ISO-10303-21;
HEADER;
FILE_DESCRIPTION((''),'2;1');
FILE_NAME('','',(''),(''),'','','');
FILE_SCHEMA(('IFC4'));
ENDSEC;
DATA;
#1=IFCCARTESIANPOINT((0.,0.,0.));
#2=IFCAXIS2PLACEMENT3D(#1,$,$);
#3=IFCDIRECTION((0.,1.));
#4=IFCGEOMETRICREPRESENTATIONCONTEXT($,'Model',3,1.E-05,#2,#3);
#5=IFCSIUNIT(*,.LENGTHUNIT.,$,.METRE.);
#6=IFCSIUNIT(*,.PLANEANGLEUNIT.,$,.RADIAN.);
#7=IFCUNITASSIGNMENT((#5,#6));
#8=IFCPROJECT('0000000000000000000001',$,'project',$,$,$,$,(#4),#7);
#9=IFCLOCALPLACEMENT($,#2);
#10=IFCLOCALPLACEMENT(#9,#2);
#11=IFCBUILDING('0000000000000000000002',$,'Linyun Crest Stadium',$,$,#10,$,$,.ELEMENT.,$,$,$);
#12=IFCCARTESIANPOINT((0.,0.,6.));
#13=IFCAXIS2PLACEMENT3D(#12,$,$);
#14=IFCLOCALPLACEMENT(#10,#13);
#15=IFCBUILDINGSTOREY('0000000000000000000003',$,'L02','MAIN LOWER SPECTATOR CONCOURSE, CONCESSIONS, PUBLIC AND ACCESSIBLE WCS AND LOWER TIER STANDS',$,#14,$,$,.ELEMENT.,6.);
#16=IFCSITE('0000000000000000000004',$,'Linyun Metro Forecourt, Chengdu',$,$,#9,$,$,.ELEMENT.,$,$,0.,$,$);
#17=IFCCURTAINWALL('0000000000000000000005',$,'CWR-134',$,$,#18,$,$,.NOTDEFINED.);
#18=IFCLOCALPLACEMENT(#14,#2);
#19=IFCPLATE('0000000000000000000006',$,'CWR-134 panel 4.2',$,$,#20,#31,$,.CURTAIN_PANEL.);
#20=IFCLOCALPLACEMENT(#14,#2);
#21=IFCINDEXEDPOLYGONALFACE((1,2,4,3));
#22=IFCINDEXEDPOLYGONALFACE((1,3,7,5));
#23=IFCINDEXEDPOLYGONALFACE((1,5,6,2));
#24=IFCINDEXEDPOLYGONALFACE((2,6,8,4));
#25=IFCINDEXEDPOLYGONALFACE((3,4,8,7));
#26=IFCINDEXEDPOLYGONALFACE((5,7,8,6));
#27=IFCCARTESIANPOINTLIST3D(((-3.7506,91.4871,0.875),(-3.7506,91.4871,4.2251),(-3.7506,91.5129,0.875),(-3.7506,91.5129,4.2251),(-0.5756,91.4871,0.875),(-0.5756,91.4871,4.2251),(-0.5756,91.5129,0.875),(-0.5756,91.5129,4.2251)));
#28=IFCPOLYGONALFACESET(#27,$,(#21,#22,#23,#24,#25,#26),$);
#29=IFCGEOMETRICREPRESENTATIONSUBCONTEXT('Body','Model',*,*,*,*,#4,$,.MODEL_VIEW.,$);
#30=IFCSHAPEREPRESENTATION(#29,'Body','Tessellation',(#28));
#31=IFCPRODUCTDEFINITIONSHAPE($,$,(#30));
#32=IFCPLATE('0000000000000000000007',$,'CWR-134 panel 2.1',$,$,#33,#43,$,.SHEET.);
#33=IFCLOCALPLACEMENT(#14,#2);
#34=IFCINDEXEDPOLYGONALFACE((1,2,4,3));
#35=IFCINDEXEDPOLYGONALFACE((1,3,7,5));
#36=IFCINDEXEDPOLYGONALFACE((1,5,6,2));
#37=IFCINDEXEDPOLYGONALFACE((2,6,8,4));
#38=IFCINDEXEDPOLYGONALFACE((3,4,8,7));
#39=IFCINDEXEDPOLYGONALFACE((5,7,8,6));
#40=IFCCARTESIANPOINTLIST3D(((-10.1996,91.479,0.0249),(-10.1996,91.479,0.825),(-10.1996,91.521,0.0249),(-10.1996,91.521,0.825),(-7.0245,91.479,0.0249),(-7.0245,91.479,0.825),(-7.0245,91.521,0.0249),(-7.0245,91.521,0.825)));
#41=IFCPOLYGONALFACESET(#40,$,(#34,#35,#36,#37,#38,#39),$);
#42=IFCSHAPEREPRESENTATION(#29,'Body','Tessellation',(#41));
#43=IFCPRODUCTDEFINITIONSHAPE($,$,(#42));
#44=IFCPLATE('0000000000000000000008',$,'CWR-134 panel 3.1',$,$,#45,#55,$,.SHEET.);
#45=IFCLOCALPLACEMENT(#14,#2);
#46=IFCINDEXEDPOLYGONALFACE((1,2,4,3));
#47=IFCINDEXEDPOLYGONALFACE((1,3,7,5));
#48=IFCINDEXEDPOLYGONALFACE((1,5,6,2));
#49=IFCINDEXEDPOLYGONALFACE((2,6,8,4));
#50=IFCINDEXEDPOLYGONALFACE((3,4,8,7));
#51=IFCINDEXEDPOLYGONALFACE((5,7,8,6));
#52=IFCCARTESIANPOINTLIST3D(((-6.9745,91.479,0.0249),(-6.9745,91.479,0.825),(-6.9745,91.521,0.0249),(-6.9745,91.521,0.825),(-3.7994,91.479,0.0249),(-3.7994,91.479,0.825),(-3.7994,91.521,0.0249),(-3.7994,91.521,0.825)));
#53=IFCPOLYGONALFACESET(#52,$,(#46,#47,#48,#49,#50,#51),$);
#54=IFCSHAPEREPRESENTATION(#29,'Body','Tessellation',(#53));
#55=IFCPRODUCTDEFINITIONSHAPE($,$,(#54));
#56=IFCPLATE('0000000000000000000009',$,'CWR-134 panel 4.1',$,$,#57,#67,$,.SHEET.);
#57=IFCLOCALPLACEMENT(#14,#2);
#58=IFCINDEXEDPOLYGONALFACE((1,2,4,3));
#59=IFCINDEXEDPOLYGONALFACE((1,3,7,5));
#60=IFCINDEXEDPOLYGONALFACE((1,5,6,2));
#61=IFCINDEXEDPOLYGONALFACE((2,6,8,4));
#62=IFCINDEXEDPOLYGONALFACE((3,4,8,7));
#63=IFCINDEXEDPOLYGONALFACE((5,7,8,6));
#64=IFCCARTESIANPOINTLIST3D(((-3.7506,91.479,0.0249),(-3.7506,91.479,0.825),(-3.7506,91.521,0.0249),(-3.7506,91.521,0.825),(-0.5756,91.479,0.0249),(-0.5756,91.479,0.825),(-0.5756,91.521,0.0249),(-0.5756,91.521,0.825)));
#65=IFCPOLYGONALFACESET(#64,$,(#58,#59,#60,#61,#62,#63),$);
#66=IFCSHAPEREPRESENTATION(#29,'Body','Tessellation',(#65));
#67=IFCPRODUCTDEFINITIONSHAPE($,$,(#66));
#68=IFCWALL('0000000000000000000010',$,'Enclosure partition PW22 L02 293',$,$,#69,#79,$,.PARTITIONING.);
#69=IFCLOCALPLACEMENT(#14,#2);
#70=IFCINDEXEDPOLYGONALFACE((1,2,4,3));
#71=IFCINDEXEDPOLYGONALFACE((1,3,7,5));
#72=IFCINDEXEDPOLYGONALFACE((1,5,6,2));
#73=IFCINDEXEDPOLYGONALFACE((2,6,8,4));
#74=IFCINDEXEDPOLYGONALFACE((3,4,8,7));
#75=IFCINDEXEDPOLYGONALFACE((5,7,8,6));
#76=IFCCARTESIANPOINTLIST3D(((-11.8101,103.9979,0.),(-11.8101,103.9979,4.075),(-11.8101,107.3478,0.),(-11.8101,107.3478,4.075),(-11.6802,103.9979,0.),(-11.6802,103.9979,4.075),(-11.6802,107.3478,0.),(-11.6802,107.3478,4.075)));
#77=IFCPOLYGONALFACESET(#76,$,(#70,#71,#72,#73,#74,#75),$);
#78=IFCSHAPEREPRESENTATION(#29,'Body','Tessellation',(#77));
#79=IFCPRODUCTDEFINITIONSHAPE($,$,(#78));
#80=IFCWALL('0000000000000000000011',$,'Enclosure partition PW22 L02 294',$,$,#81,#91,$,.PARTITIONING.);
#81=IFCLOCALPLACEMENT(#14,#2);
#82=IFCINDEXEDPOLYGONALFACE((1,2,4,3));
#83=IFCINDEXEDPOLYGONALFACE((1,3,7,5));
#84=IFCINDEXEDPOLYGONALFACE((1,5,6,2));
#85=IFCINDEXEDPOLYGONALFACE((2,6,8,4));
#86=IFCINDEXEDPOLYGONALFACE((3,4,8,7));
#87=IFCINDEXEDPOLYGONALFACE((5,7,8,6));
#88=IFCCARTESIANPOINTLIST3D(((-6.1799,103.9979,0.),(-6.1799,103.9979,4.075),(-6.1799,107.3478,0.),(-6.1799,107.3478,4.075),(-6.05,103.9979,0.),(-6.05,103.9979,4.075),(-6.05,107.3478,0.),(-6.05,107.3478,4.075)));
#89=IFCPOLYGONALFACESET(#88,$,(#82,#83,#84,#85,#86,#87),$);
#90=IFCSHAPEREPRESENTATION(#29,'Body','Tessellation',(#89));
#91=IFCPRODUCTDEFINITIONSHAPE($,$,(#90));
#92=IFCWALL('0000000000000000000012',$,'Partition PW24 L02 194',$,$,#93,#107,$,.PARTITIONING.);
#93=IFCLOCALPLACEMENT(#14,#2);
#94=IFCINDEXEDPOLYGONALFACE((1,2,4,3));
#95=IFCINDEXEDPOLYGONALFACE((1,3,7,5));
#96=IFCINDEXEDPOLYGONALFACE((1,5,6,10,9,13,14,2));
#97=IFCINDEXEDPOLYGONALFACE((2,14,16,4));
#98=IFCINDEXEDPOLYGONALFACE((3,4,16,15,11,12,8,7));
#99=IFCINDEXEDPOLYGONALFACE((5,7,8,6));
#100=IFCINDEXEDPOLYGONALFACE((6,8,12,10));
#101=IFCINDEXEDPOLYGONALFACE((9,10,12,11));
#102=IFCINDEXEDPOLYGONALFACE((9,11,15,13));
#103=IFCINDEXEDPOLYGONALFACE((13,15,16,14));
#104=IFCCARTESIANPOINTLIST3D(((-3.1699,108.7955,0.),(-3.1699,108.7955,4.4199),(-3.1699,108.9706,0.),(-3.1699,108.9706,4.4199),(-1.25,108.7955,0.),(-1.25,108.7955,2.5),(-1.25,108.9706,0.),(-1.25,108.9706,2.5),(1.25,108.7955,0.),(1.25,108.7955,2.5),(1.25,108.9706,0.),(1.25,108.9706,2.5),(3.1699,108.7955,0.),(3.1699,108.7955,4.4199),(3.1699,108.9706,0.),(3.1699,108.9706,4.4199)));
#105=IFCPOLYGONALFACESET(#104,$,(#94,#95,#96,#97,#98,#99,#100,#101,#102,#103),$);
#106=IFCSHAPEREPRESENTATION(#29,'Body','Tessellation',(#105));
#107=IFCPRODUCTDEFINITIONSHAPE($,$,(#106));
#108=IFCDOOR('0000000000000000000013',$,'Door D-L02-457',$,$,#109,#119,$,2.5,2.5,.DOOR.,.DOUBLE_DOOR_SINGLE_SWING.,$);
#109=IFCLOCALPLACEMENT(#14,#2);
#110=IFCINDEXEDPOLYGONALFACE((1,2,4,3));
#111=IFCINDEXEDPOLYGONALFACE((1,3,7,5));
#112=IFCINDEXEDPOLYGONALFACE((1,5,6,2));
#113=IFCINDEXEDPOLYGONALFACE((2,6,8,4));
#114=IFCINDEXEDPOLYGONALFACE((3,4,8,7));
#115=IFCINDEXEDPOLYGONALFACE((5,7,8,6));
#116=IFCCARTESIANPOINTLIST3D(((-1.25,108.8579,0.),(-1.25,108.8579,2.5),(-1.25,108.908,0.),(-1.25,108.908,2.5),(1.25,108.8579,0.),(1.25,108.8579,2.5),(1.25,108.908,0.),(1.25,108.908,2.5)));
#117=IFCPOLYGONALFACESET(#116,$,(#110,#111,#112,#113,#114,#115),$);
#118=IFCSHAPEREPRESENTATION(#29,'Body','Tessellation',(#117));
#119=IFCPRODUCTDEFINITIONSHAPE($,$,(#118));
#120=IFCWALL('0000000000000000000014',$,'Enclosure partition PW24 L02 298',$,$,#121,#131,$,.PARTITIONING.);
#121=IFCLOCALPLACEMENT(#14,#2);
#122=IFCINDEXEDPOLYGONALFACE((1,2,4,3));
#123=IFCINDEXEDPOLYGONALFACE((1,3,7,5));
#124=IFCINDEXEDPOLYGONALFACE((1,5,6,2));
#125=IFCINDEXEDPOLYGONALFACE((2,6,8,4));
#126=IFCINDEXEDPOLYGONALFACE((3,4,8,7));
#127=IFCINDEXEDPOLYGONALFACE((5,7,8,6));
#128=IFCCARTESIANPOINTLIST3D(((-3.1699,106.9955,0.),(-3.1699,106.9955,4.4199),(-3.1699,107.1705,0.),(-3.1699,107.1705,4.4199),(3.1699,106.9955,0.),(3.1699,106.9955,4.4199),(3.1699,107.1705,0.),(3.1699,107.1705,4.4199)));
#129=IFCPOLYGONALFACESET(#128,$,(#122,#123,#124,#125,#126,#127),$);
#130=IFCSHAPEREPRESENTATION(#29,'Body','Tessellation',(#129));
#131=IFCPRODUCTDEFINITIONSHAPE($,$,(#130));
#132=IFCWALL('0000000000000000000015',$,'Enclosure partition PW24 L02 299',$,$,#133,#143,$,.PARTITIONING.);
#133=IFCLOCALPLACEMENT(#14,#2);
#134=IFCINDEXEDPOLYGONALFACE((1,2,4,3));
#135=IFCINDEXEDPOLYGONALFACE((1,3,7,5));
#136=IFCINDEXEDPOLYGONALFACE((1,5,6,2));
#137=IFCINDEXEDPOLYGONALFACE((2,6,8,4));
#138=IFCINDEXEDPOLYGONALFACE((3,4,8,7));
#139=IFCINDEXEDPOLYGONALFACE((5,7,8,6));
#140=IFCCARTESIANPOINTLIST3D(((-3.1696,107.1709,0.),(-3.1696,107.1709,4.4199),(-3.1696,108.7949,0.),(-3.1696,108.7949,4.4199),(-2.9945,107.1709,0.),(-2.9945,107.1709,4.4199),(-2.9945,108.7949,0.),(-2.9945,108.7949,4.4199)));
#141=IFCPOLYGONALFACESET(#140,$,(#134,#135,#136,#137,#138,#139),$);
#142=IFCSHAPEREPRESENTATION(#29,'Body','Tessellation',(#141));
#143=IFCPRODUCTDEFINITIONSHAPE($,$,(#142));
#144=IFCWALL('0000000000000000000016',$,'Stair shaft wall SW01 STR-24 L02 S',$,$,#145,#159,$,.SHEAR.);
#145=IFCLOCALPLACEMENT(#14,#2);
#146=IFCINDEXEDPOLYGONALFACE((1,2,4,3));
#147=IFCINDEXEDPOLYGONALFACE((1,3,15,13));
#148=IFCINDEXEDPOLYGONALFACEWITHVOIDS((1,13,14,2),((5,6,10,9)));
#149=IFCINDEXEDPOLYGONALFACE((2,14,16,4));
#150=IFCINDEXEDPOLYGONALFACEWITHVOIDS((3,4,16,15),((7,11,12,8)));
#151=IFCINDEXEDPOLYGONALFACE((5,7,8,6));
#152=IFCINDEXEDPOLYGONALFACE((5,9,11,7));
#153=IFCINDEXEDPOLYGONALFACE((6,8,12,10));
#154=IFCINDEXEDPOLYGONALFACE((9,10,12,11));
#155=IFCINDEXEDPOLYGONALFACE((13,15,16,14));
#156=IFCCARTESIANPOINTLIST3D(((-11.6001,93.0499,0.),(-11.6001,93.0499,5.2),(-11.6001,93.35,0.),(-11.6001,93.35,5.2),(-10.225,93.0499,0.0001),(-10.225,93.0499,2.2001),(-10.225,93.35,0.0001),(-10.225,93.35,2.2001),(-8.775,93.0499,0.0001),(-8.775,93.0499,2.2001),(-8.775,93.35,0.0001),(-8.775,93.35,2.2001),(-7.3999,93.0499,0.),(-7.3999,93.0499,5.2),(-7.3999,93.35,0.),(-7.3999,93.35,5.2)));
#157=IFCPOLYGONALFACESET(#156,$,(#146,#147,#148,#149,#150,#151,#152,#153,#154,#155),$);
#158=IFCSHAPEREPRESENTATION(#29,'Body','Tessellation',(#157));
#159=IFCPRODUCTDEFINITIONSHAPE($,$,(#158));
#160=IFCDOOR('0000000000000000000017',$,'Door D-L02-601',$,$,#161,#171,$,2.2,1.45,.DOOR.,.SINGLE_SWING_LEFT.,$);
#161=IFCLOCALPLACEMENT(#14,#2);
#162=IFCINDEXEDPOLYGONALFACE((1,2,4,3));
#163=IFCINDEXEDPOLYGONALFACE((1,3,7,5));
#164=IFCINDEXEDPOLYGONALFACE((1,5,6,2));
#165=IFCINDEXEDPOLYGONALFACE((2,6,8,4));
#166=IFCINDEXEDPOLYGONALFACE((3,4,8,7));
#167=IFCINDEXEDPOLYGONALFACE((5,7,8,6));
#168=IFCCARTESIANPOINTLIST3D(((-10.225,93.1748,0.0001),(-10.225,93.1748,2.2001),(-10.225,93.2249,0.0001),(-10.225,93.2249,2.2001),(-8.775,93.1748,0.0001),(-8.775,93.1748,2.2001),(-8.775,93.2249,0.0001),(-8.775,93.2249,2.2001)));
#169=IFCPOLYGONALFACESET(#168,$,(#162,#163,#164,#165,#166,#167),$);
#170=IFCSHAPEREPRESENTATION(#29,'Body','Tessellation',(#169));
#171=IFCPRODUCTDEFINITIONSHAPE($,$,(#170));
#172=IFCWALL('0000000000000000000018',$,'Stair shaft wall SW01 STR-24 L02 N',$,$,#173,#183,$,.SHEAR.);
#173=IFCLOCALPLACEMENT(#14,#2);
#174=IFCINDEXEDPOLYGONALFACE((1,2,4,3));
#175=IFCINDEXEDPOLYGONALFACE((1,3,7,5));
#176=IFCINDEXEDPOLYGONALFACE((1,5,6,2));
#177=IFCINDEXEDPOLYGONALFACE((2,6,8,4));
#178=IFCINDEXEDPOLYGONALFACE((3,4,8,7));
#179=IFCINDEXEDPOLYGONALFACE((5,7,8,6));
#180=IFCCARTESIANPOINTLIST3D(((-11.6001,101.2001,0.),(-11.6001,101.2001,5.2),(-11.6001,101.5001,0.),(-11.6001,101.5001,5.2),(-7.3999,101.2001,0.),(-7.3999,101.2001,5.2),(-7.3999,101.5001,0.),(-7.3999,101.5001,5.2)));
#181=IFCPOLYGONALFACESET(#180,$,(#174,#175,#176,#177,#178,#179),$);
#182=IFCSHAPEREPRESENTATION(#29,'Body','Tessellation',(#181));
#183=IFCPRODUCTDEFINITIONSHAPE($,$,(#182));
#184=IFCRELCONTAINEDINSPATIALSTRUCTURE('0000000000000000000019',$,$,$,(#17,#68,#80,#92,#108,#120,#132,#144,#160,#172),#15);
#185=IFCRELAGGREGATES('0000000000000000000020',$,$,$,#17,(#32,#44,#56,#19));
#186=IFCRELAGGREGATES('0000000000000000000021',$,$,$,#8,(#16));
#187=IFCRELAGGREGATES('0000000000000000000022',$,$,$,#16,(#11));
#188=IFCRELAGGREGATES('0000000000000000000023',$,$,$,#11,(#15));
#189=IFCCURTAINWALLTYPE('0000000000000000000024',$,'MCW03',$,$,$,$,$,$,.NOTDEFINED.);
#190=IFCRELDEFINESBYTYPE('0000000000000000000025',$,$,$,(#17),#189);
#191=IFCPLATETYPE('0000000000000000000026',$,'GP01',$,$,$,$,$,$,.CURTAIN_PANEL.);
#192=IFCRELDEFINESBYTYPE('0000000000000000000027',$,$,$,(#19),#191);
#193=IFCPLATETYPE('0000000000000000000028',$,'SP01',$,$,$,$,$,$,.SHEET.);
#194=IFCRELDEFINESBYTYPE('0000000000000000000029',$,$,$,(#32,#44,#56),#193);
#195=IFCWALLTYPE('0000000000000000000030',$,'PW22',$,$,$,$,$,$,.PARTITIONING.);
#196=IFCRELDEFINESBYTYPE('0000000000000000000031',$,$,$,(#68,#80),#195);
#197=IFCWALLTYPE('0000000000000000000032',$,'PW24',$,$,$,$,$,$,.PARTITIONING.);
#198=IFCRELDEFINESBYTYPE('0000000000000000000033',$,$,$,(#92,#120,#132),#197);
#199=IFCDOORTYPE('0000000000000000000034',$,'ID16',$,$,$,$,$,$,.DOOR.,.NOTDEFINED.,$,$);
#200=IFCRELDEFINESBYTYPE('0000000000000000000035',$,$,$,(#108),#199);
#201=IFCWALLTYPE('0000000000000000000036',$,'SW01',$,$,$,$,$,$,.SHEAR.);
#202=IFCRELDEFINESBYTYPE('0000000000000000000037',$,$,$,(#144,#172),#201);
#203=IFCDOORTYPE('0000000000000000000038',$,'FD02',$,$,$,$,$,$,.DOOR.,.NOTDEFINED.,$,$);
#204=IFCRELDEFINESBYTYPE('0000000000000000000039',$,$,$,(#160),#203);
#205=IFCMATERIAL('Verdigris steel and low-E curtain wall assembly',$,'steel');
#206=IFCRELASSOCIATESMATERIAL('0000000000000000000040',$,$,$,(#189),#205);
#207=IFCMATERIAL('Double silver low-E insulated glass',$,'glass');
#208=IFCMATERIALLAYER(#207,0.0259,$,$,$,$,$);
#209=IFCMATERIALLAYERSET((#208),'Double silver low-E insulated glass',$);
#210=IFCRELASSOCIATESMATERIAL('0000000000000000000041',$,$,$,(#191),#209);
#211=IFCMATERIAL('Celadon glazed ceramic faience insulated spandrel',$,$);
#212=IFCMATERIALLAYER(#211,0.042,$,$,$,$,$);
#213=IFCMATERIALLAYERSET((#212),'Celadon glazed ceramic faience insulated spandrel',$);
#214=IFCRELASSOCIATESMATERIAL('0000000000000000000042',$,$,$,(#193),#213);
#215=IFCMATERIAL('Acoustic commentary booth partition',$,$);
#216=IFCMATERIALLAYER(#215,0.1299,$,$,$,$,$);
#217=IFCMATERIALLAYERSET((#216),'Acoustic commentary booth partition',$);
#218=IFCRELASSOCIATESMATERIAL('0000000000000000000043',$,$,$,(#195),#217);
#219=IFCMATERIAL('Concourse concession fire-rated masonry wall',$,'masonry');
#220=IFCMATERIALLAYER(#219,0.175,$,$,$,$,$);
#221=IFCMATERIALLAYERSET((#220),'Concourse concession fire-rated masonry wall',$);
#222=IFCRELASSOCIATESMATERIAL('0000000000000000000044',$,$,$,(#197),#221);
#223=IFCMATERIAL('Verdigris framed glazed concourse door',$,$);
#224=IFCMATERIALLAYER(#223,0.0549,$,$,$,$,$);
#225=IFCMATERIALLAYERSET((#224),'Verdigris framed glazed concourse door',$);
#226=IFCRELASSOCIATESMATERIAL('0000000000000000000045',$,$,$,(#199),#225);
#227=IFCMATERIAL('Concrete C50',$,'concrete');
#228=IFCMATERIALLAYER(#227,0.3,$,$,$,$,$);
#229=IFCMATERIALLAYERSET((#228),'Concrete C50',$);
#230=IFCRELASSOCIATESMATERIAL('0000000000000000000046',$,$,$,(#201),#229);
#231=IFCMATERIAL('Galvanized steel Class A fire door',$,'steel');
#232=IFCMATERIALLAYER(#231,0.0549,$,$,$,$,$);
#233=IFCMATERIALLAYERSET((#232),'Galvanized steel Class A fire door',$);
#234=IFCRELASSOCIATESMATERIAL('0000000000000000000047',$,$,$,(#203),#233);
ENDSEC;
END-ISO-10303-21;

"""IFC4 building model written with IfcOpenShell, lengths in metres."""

from ifc_helpers import new_model, si_unit, direction, frame, frame_2d, origin, origin_2d, place, context, subcontext, project, spatial, rectangle, extrude, material, layer, layer_set, type_object, element, fill, aggregate, save


model = new_model("IFC4")

# Units and contexts
model_context = context("Model", 3, precision=1e-05, world=origin(), true_north=direction((0.0, 1.0)))
body_context = subcontext(model_context, "Body", "Model", "MODEL_VIEW")
ifc_project = project(units=[si_unit("LENGTHUNIT", "METRE"), si_unit("PLANEANGLEUNIT", "RADIAN")], contexts=[model_context])

# Site, building, storey
site_placement = place(None, origin())
site = spatial("IfcSite", under=ifc_project, at=site_placement, Name="Linyun Metro Forecourt, Chengdu", CompositionType="ELEMENT", RefElevation=0.0)
building_placement = place(site_placement, origin())
building = spatial("IfcBuilding", under=site, at=building_placement, Name="Linyun Crest Stadium", CompositionType="ELEMENT")
storey_placement = place(building_placement, frame((0.0, 0.0, 6.0)))
storey = spatial("IfcBuildingStorey", under=building, at=storey_placement, Name="L02", Description="MAIN LOWER SPECTATOR CONCOURSE, CONCESSIONS, PUBLIC AND ACCESSIBLE WCS AND LOWER TIER STANDS", CompositionType="ELEMENT", Elevation=6.0)

# Curtain wall, plates
ifc_material_1 = material(Name="Verdigris steel and low-E curtain wall assembly", Category="steel")
curtain_wall_type = type_object("IfcCurtainWallType", Name="MCW03", PredefinedType="NOTDEFINED", material=ifc_material_1)
curtain_wall_placement = place(storey_placement, origin())
curtain_wall = element("IfcCurtainWall", 1, at=curtain_wall_placement, inside=storey, type_object=curtain_wall_type, Name="CWR-134", PredefinedType="NOTDEFINED")
ifc_material_2 = material(Name="Double silver low-E insulated glass", Category="glass")
ifc_layer_1 = layer(ifc_material_2, 0.0259)
ifc_layer_set_1 = layer_set([ifc_layer_1], Name="Double silver low-E insulated glass")
plate_type_1 = type_object("IfcPlateType", Name="GP01", PredefinedType="CURTAIN_PANEL", material=ifc_layer_set_1)
plate_1_placement = place(storey_placement, frame((-2.1631, 91.5, 0.875), z_axis=(0.0, 0.0, 1.0), x_axis=(1.0, 0.0, 0.0)))
plate_1 = element("IfcPlate", 2, at=plate_1_placement, type_object=plate_type_1, Name="CWR-134 panel 4.2", PredefinedType="CURTAIN_PANEL", context=body_context, shape_type="SweptSolid", body=[
    extrude(rectangle(XDim=3.175, YDim=0.0259, at=origin_2d()), origin(), (0.0, 0.0, 1.0), 3.3501),
])
ifc_material_3 = material(Name="Celadon glazed ceramic faience insulated spandrel")
ifc_layer_2 = layer(ifc_material_3, 0.042)
ifc_layer_set_2 = layer_set([ifc_layer_2], Name="Celadon glazed ceramic faience insulated spandrel")
plate_type_2 = type_object("IfcPlateType", Name="SP01", PredefinedType="SHEET", material=ifc_layer_set_2)
plate_2_placement = place(storey_placement, frame((-8.6121, 91.5, 0.0249), z_axis=(0.0, 0.0, 1.0), x_axis=(1.0, 0.0, 0.0)))
plate_2 = element("IfcPlate", 3, at=plate_2_placement, type_object=plate_type_2, Name="CWR-134 panel 2.1", PredefinedType="SHEET", context=body_context, shape_type="SweptSolid", body=[
    extrude(rectangle(XDim=3.175, YDim=0.042, at=origin_2d()), origin(), (0.0, 0.0, 1.0), 0.8),
])
plate_3_placement = place(storey_placement, frame((-5.387, 91.5, 0.0249), z_axis=(0.0, 0.0, 1.0), x_axis=(1.0, 0.0, 0.0)))
plate_3 = element("IfcPlate", 4, at=plate_3_placement, type_object=plate_type_2, Name="CWR-134 panel 3.1", PredefinedType="SHEET", context=body_context, shape_type="SweptSolid", body=[
    extrude(rectangle(XDim=3.175, YDim=0.042, at=origin_2d()), origin(), (0.0, 0.0, 1.0), 0.8),
])
plate_4_placement = place(storey_placement, frame((-2.1631, 91.5, 0.0249), z_axis=(0.0, 0.0, 1.0), x_axis=(1.0, 0.0, 0.0)))
plate_4 = element("IfcPlate", 5, at=plate_4_placement, type_object=plate_type_2, Name="CWR-134 panel 4.1", PredefinedType="SHEET", context=body_context, shape_type="SweptSolid", body=[
    extrude(rectangle(XDim=3.175, YDim=0.042, at=origin_2d()), origin(), (0.0, 0.0, 1.0), 0.8),
])
aggregate(curtain_wall, [plate_2, plate_3, plate_4, plate_1])

# Walls
ifc_material_4 = material(Name="Acoustic commentary booth partition")
ifc_layer_3 = layer(ifc_material_4, 0.1299)
ifc_layer_set_3 = layer_set([ifc_layer_3], Name="Acoustic commentary booth partition")
wall_type_1 = type_object("IfcWallType", Name="PW22", PredefinedType="PARTITIONING", material=ifc_layer_set_3)
for number, where, z_axis, x_axis, name in (
    (6, (-11.7451, 103.998, 0.0), (0.0, 0.0, 1.0), (0.0, 1.0, 0.0), "Enclosure partition PW22 L02 293"),
    (7, (-6.115, 103.998, 0.0), (0.0, 0.0, 1.0), (0.0, 1.0, 0.0), "Enclosure partition PW22 L02 294"),
):
    element("IfcWall", number, at=place(storey_placement, frame(where, z_axis=z_axis, x_axis=x_axis)), inside=storey, type_object=wall_type_1, Name=name, PredefinedType="PARTITIONING", context=body_context, shape_type="SweptSolid", body=[
        extrude(rectangle(XDim=3.3499, YDim=0.1299, at=frame_2d((1.6748, 0.0))), origin(), (0.0, 0.0, 1.0), 4.075),
    ])

# Wall, opening, door
ifc_material_5 = material(Name="Concourse concession fire-rated masonry wall", Category="masonry")
ifc_layer_4 = layer(ifc_material_5, 0.175)
ifc_layer_set_4 = layer_set([ifc_layer_4], Name="Concourse concession fire-rated masonry wall")
wall_type_2 = type_object("IfcWallType", Name="PW24", PredefinedType="PARTITIONING", material=ifc_layer_set_4)
wall_1_placement = place(storey_placement, frame((-3.1699, 108.8831, 0.0), z_axis=(0.0, 0.0, 1.0), x_axis=(1.0, 0.0, 0.0)))
wall_1 = element("IfcWall", 8, at=wall_1_placement, inside=storey, type_object=wall_type_2, Name="Partition PW24 L02 194", PredefinedType="PARTITIONING", context=body_context, shape_type="SweptSolid", body=[
    extrude(rectangle(XDim=6.3398, YDim=0.175, at=frame_2d((3.1699, 0.0))), origin(), (0.0, 0.0, 1.0), 4.4199),
])
opening_1_placement = place(wall_1_placement, frame((1.9199, 0.0, 0.0)))
opening_1 = element("IfcOpeningElement", 9, at=opening_1_placement, cuts=wall_1, PredefinedType="OPENING", context=body_context, shape_type="SweptSolid", body=[
    extrude(rectangle(XDim=2.5, YDim=2.5, at=frame_2d((1.25, 1.25))), frame((0.0, 0.0974, 0.0), z_axis=(0.0, -1.0, 0.0), x_axis=(1.0, 0.0, 0.0)), (0.0, 0.0, 1.0), 0.1951),
])
ifc_material_6 = material(Name="Verdigris framed glazed concourse door")
ifc_layer_5 = layer(ifc_material_6, 0.0549)
ifc_layer_set_5 = layer_set([ifc_layer_5], Name="Verdigris framed glazed concourse door")
door_type_1 = type_object("IfcDoorType", Name="ID16", OperationType="NOTDEFINED", PredefinedType="DOOR", material=ifc_layer_set_5)
door_1_placement = place(opening_1_placement, origin())
door_1 = element("IfcDoor", 10, at=door_1_placement, inside=storey, type_object=door_type_1, Name="Door D-L02-457", OperationType="DOUBLE_DOOR_SINGLE_SWING", OverallHeight=2.5, OverallWidth=2.5, PredefinedType="DOOR", context=body_context, shape_type="SweptSolid", body=[
    extrude(rectangle(XDim=2.5, YDim=2.5, at=frame_2d((1.25, 1.25))), frame((0.0, 0.0249, 0.0), z_axis=(0.0, -1.0, 0.0), x_axis=(1.0, 0.0, 0.0)), (0.0, 0.0, 1.0), 0.05),
])
fill(opening_1, door_1)

# Walls
wall_2_placement = place(storey_placement, frame((-3.1699, 107.083, 0.0), z_axis=(0.0, 0.0, 1.0), x_axis=(1.0, 0.0, 0.0)))
element("IfcWall", 11, at=wall_2_placement, inside=storey, type_object=wall_type_2, Name="Enclosure partition PW24 L02 298", PredefinedType="PARTITIONING", context=body_context, shape_type="SweptSolid", body=[
    extrude(rectangle(XDim=6.3398, YDim=0.175, at=frame_2d((3.1699, 0.0))), origin(), (0.0, 0.0, 1.0), 4.4199),
])
wall_3_placement = place(storey_placement, frame((-3.082, 107.1709, 0.0), z_axis=(0.0, 0.0, 1.0), x_axis=(0.0, 1.0, 0.0)))
element("IfcWall", 12, at=wall_3_placement, inside=storey, type_object=wall_type_2, Name="Enclosure partition PW24 L02 299", PredefinedType="PARTITIONING", context=body_context, shape_type="SweptSolid", body=[
    extrude(rectangle(XDim=1.624, YDim=0.175, at=frame_2d((0.812, 0.0))), origin(), (0.0, 0.0, 1.0), 4.4199),
])

# Wall, opening, door
ifc_material_7 = material(Name="Concrete C50", Category="concrete")
ifc_layer_6 = layer(ifc_material_7, 0.3)
ifc_layer_set_6 = layer_set([ifc_layer_6], Name="Concrete C50")
wall_type_3 = type_object("IfcWallType", Name="SW01", PredefinedType="SHEAR", material=ifc_layer_set_6)
wall_4_placement = place(storey_placement, frame((-11.6001, 93.2, 0.0), z_axis=(0.0, 0.0, 1.0), x_axis=(1.0, 0.0, 0.0)))
wall_4 = element("IfcWall", 13, at=wall_4_placement, inside=storey, type_object=wall_type_3, Name="Stair shaft wall SW01 STR-24 L02 S", PredefinedType="SHEAR", context=body_context, shape_type="SweptSolid", body=[
    extrude(rectangle(XDim=4.2002, YDim=0.3, at=frame_2d((2.1001, 0.0))), origin(), (0.0, 0.0, 1.0), 5.2),
])
opening_2_placement = place(wall_4_placement, frame((1.375, 0.0, 0.0)))
opening_2 = element("IfcOpeningElement", 14, at=opening_2_placement, cuts=wall_4, PredefinedType="OPENING", context=body_context, shape_type="SweptSolid", body=[
    extrude(rectangle(XDim=1.45, YDim=2.2, at=frame_2d((0.7251, 1.1001))), frame((0.0, 0.1599, 0.0), z_axis=(0.0, -1.0, 0.0), x_axis=(1.0, 0.0, 0.0)), (0.0, 0.0, 1.0), 0.3201),
])
ifc_material_8 = material(Name="Galvanized steel Class A fire door", Category="steel")
ifc_layer_7 = layer(ifc_material_8, 0.0549)
ifc_layer_set_7 = layer_set([ifc_layer_7], Name="Galvanized steel Class A fire door")
door_type_2 = type_object("IfcDoorType", Name="FD02", OperationType="NOTDEFINED", PredefinedType="DOOR", material=ifc_layer_set_7)
door_2_placement = place(opening_2_placement, origin())
door_2 = element("IfcDoor", 15, at=door_2_placement, inside=storey, type_object=door_type_2, Name="Door D-L02-601", OperationType="SINGLE_SWING_LEFT", OverallHeight=2.2, OverallWidth=1.45, PredefinedType="DOOR", context=body_context, shape_type="SweptSolid", body=[
    extrude(rectangle(XDim=1.45, YDim=2.2, at=frame_2d((0.7251, 1.1001))), frame((0.0, 0.0249, 0.0), z_axis=(0.0, -1.0, 0.0), x_axis=(1.0, 0.0, 0.0)), (0.0, 0.0, 1.0), 0.05),
])
fill(opening_2, door_2)

# Wall
wall_5_placement = place(storey_placement, frame((-11.6001, 101.3501, 0.0), z_axis=(0.0, 0.0, 1.0), x_axis=(1.0, 0.0, 0.0)))
element("IfcWall", 16, at=wall_5_placement, inside=storey, type_object=wall_type_3, Name="Stair shaft wall SW01 STR-24 L02 N", PredefinedType="SHEAR", context=body_context, shape_type="SweptSolid", body=[
    extrude(rectangle(XDim=4.2002, YDim=0.3, at=frame_2d((2.1001, 0.0))), origin(), (0.0, 0.0, 1.0), 5.2),
])

save(model, "model.ifc")
